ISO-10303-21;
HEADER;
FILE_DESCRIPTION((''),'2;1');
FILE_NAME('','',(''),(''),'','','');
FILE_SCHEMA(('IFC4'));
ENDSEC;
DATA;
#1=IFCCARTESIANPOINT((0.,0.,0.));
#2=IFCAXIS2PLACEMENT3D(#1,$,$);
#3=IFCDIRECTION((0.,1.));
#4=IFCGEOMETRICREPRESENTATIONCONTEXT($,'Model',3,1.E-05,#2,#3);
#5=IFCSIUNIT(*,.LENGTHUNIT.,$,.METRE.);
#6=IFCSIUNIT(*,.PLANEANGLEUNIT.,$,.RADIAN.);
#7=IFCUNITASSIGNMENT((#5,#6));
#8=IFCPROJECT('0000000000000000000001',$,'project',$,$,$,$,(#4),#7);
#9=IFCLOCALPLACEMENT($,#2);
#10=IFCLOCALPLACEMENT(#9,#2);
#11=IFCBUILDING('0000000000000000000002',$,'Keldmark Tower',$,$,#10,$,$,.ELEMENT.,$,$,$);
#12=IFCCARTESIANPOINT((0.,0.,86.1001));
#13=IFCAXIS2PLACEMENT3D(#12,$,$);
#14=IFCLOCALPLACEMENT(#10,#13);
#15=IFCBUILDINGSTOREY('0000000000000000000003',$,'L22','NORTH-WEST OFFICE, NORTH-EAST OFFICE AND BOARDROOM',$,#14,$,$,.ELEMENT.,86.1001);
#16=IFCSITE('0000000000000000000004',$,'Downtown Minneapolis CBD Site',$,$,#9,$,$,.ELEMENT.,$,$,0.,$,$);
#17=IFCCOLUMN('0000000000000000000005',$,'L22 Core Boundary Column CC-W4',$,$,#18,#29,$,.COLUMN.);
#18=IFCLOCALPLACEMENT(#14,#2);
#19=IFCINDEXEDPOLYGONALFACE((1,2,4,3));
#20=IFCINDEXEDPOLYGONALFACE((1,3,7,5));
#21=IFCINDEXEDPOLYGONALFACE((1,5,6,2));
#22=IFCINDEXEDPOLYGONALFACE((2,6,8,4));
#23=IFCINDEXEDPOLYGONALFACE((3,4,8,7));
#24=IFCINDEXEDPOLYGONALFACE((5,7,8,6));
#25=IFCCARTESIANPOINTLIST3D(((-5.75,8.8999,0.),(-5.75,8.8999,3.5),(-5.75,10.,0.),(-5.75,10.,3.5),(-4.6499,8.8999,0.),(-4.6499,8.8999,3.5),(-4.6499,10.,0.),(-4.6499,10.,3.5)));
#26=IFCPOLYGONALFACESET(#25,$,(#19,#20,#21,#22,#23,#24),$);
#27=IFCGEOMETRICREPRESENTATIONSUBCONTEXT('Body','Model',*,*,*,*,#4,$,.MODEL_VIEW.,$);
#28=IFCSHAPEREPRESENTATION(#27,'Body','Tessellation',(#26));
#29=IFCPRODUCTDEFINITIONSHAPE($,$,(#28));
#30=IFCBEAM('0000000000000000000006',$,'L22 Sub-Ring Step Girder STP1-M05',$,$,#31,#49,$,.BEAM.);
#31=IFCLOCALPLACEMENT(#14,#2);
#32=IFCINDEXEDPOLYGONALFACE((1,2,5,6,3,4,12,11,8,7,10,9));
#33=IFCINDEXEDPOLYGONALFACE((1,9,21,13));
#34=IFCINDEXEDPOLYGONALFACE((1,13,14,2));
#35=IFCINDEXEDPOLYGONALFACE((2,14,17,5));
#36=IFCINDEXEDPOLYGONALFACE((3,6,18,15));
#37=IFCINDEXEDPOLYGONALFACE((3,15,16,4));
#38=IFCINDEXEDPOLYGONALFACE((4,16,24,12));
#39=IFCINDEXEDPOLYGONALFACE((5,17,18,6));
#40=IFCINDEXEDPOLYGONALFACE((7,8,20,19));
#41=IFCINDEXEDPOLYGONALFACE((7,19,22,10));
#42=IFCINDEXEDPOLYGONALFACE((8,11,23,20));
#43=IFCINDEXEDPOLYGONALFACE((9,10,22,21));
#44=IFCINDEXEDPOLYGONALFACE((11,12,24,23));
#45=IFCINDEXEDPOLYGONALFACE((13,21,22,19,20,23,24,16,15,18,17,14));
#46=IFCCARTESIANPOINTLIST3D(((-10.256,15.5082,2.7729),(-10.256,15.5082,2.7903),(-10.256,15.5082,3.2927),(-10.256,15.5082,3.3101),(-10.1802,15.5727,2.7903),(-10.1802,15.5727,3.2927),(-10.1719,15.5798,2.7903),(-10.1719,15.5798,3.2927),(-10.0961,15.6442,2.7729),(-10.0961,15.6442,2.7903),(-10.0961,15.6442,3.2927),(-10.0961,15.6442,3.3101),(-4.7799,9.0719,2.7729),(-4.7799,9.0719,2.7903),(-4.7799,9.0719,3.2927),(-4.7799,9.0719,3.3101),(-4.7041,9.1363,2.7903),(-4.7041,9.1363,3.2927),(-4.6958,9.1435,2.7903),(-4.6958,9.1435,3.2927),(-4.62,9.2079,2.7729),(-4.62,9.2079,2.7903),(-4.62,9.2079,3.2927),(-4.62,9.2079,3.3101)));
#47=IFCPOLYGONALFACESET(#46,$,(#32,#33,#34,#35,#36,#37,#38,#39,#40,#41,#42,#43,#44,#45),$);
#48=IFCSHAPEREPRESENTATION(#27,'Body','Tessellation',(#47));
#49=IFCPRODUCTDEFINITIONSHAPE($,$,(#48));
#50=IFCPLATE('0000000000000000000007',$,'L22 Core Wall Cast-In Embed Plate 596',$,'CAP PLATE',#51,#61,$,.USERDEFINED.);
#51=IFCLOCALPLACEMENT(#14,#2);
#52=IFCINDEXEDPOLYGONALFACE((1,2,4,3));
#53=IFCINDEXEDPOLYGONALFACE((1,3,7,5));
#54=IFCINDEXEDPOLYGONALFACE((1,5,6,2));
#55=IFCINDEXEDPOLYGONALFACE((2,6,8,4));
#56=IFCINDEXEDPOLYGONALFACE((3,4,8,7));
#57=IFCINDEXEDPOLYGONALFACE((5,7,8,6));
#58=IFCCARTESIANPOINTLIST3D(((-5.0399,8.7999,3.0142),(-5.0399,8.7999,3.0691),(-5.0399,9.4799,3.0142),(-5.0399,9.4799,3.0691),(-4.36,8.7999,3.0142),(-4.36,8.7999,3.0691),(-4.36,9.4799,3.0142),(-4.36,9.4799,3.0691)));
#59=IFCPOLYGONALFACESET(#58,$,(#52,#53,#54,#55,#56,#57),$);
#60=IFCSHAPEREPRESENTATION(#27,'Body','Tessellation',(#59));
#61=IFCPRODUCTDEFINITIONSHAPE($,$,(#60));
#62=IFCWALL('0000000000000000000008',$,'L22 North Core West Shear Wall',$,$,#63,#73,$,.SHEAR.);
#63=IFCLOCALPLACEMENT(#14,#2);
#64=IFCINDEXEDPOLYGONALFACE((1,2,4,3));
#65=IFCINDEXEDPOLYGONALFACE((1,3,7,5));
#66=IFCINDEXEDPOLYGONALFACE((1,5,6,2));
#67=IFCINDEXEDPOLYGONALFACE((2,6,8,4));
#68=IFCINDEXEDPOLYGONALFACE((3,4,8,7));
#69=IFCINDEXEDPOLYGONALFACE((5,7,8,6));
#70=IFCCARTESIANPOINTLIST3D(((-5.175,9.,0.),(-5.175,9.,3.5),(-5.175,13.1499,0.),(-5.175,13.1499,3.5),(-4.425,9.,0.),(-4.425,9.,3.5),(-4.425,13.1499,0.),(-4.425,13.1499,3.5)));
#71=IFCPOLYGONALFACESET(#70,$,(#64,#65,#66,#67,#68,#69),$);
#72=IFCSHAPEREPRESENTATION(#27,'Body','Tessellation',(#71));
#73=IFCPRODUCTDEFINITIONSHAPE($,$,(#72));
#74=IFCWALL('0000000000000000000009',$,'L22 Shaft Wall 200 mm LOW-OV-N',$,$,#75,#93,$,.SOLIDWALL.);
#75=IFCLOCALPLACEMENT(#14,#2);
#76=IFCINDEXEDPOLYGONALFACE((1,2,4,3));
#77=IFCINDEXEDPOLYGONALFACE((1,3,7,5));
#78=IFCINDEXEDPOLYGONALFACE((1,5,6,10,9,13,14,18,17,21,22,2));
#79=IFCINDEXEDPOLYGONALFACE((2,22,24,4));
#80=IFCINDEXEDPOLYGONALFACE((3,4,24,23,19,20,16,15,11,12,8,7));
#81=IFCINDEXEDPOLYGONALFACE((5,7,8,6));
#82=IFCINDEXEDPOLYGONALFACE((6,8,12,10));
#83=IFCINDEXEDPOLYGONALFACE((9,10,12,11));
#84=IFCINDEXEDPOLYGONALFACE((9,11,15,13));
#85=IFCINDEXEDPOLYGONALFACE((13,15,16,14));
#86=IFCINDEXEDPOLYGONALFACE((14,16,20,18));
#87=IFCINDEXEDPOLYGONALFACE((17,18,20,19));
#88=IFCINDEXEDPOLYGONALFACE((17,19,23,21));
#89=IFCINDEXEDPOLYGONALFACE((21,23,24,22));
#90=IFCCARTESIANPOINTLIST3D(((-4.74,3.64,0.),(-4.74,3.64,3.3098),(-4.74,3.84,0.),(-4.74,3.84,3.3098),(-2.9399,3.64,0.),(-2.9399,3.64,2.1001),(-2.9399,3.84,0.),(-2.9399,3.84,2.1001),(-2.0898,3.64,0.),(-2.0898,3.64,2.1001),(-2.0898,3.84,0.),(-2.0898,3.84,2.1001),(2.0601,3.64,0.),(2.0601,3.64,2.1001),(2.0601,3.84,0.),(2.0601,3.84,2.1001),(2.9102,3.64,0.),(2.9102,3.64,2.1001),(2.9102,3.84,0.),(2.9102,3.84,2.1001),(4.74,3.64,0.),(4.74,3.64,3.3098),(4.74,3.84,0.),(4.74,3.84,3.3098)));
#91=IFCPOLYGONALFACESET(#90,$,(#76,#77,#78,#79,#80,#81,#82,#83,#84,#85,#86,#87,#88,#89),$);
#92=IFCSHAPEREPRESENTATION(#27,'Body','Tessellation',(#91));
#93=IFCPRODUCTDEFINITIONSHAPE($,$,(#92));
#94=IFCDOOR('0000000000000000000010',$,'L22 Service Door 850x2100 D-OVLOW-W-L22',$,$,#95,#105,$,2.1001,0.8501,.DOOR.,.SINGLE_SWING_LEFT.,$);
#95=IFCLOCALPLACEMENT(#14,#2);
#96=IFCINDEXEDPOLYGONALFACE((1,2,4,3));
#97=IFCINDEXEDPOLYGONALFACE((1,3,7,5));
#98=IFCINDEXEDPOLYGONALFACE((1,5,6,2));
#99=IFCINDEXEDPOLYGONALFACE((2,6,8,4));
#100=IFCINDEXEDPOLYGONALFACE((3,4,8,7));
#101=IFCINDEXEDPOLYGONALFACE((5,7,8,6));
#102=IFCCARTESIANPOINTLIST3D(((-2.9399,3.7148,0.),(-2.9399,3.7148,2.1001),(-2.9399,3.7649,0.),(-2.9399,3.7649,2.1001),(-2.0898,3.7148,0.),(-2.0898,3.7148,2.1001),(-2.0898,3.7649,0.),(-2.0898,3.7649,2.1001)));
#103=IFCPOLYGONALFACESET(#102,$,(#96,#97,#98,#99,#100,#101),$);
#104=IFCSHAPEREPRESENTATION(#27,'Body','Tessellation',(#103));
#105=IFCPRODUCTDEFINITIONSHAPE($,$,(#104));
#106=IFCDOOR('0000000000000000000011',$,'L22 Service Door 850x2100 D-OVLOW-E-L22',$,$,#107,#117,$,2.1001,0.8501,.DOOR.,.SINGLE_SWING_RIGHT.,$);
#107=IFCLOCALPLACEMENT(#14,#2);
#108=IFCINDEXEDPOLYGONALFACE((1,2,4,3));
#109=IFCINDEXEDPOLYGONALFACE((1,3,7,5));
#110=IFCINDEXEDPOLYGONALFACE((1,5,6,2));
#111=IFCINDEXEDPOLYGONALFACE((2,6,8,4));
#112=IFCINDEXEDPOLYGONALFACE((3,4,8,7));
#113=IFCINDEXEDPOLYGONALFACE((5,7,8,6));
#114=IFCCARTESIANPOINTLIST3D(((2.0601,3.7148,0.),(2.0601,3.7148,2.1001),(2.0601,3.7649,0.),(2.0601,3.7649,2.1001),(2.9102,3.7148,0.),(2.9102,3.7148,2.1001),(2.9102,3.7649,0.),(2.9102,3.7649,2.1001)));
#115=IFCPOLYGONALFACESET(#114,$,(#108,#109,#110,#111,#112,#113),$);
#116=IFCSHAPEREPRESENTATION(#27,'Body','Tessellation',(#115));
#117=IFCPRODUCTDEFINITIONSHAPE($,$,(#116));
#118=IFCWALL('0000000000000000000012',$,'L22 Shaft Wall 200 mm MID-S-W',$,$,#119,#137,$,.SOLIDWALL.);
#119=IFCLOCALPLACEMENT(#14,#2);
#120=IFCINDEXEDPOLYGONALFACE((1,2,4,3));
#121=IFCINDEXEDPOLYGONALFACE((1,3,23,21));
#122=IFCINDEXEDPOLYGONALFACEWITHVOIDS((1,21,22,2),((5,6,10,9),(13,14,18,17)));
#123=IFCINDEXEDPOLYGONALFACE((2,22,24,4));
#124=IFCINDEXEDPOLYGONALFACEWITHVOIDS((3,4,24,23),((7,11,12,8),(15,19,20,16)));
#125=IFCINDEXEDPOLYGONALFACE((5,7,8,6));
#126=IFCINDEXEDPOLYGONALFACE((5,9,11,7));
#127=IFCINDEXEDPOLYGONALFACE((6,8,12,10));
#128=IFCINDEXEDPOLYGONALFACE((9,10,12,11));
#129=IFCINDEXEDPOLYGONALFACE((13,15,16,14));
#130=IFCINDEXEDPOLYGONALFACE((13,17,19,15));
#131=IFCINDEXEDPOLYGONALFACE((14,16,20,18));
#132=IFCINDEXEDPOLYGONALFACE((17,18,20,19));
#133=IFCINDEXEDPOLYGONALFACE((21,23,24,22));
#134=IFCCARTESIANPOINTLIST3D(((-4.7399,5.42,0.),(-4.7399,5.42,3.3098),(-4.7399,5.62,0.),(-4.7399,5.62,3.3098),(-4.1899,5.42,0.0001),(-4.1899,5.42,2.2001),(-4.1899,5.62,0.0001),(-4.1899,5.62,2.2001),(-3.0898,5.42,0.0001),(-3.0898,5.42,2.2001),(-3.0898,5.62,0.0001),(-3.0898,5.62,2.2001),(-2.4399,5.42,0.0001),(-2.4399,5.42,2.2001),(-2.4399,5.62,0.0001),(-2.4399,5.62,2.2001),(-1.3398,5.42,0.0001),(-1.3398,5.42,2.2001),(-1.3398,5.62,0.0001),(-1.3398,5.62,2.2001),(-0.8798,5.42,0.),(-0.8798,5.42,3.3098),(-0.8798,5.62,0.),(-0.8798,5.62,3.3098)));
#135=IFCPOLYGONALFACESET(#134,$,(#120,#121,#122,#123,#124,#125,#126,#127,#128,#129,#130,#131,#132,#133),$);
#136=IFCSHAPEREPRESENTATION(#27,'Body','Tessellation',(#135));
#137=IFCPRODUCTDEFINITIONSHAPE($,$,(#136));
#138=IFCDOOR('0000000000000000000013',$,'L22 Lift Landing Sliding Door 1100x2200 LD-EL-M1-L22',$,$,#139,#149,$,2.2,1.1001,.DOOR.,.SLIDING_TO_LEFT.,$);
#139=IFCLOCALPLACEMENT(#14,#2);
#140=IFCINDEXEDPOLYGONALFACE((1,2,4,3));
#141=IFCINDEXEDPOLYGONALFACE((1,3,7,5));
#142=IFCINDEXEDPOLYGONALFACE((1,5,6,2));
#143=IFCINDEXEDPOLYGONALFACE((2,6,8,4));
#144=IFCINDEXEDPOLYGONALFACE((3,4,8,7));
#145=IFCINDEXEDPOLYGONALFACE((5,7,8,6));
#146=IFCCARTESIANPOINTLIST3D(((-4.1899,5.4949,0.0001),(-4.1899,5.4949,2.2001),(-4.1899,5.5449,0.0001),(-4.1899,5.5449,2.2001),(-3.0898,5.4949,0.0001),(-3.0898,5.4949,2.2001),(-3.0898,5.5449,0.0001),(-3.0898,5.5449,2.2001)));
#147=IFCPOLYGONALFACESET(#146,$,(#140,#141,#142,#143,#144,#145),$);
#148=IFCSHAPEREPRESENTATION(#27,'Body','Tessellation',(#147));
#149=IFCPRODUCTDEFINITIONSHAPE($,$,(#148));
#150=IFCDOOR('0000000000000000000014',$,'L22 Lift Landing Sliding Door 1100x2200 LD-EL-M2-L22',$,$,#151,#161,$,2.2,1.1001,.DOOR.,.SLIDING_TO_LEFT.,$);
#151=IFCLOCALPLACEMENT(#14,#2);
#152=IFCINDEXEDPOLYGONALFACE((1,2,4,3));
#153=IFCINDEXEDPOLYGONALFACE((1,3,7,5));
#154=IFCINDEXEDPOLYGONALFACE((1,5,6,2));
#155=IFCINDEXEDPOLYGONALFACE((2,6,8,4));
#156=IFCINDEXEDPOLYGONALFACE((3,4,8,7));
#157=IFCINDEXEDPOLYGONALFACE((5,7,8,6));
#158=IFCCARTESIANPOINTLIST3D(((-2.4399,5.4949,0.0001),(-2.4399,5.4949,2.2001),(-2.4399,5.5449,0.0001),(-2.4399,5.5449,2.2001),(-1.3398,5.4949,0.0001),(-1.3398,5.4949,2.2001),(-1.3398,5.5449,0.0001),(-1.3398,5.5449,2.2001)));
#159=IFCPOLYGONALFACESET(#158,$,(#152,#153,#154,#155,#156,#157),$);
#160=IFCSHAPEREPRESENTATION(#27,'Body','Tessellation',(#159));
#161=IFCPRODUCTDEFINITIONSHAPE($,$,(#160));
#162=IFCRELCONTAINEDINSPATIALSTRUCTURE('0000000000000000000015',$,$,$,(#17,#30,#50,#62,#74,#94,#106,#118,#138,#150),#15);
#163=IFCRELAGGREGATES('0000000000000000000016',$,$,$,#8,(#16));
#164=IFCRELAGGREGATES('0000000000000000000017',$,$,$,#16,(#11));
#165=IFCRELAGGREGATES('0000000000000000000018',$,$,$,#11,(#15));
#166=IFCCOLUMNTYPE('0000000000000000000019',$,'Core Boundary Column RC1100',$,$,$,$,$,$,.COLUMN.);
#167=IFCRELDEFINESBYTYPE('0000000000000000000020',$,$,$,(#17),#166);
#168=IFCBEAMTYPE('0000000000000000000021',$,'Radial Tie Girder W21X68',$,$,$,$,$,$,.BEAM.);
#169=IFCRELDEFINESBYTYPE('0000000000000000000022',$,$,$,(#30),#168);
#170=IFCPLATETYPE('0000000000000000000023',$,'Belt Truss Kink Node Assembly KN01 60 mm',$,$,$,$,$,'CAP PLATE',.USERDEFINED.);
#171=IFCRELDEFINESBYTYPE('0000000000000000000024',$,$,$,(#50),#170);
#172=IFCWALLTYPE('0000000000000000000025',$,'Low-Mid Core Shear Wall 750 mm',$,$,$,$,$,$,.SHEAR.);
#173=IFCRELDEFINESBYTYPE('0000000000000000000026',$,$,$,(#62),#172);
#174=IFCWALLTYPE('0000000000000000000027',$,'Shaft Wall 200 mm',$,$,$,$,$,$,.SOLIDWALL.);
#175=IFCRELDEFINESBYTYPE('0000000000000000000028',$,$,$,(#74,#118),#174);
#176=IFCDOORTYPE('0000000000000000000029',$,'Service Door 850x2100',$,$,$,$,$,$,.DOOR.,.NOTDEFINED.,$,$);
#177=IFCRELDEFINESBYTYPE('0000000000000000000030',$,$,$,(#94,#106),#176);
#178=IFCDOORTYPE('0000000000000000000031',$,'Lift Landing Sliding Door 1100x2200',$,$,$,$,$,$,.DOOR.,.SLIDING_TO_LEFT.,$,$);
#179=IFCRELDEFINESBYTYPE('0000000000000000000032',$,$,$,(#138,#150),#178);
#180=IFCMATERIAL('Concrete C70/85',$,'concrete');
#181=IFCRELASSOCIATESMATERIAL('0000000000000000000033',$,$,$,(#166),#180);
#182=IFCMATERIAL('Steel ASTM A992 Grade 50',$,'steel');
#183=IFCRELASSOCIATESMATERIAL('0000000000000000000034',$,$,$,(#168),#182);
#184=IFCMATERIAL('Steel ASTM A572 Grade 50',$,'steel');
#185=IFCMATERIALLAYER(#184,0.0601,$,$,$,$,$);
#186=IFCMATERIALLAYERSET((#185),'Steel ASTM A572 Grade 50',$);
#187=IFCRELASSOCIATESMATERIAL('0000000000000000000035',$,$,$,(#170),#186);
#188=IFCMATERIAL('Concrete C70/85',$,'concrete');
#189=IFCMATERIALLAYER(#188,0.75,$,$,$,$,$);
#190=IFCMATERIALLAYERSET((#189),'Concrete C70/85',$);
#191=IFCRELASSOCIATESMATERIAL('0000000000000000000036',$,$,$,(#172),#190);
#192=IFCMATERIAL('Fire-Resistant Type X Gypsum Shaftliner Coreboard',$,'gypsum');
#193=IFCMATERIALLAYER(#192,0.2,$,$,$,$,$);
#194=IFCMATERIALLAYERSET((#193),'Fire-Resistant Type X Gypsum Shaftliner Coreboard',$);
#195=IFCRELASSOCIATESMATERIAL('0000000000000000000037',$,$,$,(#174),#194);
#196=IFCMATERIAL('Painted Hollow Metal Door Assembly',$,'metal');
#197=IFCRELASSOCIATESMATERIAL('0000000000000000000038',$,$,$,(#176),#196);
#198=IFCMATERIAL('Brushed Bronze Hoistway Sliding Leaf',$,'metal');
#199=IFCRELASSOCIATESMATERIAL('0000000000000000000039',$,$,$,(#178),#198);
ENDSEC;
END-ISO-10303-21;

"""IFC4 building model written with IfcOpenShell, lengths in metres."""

from ifc_helpers import new_model, si_unit, direction, frame, frame_2d, origin, origin_2d, place, context, subcontext, project, spatial, rectangle, i_section, extrude, material, layer, layer_set, material_profile, profile_set, type_object, element, fill, save


model = new_model("IFC4")

# Units and contexts
model_context = context("Model", 3, precision=1e-05, world=origin(), true_north=direction((0.0, 1.0)))
body_context = subcontext(model_context, "Body", "Model", "MODEL_VIEW")
ifc_project = project(units=[si_unit("LENGTHUNIT", "METRE"), si_unit("PLANEANGLEUNIT", "RADIAN")], contexts=[model_context])

# Site, building, storey
site_placement = place(None, origin())
site = spatial("IfcSite", under=ifc_project, at=site_placement, Name="Downtown Minneapolis CBD Site", CompositionType="ELEMENT", RefElevation=0.0)
building_placement = place(site_placement, origin())
building = spatial("IfcBuilding", under=site, at=building_placement, Name="Keldmark Tower", CompositionType="ELEMENT")
storey_placement = place(building_placement, frame((0.0, 0.0, 86.1001)))
storey = spatial("IfcBuildingStorey", under=building, at=storey_placement, Name="L22", Description="NORTH-WEST OFFICE, NORTH-EAST OFFICE AND BOARDROOM", CompositionType="ELEMENT", Elevation=86.1001)

# Column
ifc_material_1 = material(Name="Concrete C70/85", Category="concrete")
ifc_material_profile_1 = material_profile(ifc_material_1, rectangle(XDim=1.1001, YDim=1.1001, at=origin_2d()), Name="RC1100X1100")
ifc_profile_set_1 = profile_set([ifc_material_profile_1], Name="Concrete C70/85")
column_type = type_object("IfcColumnType", Name="Core Boundary Column RC1100", PredefinedType="COLUMN", material=ifc_profile_set_1)
column_placement = place(storey_placement, frame((-5.2, 9.45, 0.0), z_axis=(0.0, 0.0, 1.0), x_axis=(1.0, 0.0, 0.0)))
element("IfcColumn", 1, at=column_placement, inside=storey, type_object=column_type, Name="L22 Core Boundary Column CC-W4", PredefinedType="COLUMN", context=body_context, shape_type="SweptSolid", body=[
    extrude(rectangle(XDim=1.1001, YDim=1.1001, at=origin_2d()), origin(), (0.0, 0.0, 1.0), 3.5),
])

# Beam
ifc_material_2 = material(Name="Steel ASTM A992 Grade 50", Category="steel")
ifc_material_profile_2 = material_profile(ifc_material_2, i_section(OverallWidth=0.21, OverallDepth=0.5371, WebThickness=0.011, FlangeThickness=0.0173, at=origin_2d()), Name="W21X68")
ifc_profile_set_2 = profile_set([ifc_material_profile_2], Name="Steel ASTM A992 Grade 50")
beam_type = type_object("IfcBeamType", Name="Radial Tie Girder W21X68", PredefinedType="BEAM", material=ifc_profile_set_2)
beam_placement = place(storey_placement, frame((-4.7, 9.1399, 3.0415), z_axis=(-0.648008, 0.761633, 0.0), x_axis=(-0.761633, -0.648008, 0.0)))
element("IfcBeam", 2, at=beam_placement, inside=storey, type_object=beam_type, Name="L22 Sub-Ring Step Girder STP1-M05", PredefinedType="BEAM", context=body_context, shape_type="SweptSolid", body=[
    extrude(i_section(OverallWidth=0.21, OverallDepth=0.5371, WebThickness=0.011, FlangeThickness=0.0173, at=origin_2d()), origin(), (0.0, 0.0, 1.0), 8.4507),
])

# Plate
ifc_material_3 = material(Name="Steel ASTM A572 Grade 50", Category="steel")
ifc_layer_1 = layer(ifc_material_3, 0.0601)
ifc_layer_set_1 = layer_set([ifc_layer_1], Name="Steel ASTM A572 Grade 50")
plate_type = type_object("IfcPlateType", Name="Belt Truss Kink Node Assembly KN01 60 mm", ElementType="CAP PLATE", PredefinedType="USERDEFINED", material=ifc_layer_set_1)
plate_placement = place(storey_placement, frame((-4.7, 9.1399, 3.0142), z_axis=(0.0, 0.0, 1.0), x_axis=(1.0, 0.0, 0.0)))
element("IfcPlate", 3, at=plate_placement, inside=storey, type_object=plate_type, Name="L22 Core Wall Cast-In Embed Plate 596", ObjectType="CAP PLATE", PredefinedType="USERDEFINED", context=body_context, shape_type="SweptSolid", body=[
    extrude(rectangle(XDim=0.6799, YDim=0.6799, at=origin_2d()), origin(), (0.0, 0.0, 1.0), 0.0549),
])

# Wall
ifc_material_4 = material(Name="Concrete C70/85", Category="concrete")
ifc_layer_2 = layer(ifc_material_4, 0.75)
ifc_layer_set_2 = layer_set([ifc_layer_2], Name="Concrete C70/85")
wall_type_1 = type_object("IfcWallType", Name="Low-Mid Core Shear Wall 750 mm", PredefinedType="SHEAR", material=ifc_layer_set_2)
wall_1_placement = place(storey_placement, frame((-4.8, 9.0, 0.0), z_axis=(0.0, 0.0, 1.0), x_axis=(0.0, 1.0, 0.0)))
element("IfcWall", 4, at=wall_1_placement, inside=storey, type_object=wall_type_1, Name="L22 North Core West Shear Wall", PredefinedType="SHEAR", context=body_context, shape_type="SweptSolid", body=[
    extrude(rectangle(XDim=4.1499, YDim=0.75, at=frame_2d((2.075, 0.0))), origin(), (0.0, 0.0, 1.0), 3.5),
])

# Walls, openings, doors
ifc_material_5 = material(Name="Fire-Resistant Type X Gypsum Shaftliner Coreboard", Category="gypsum")
ifc_layer_3 = layer(ifc_material_5, 0.2)
ifc_layer_set_3 = layer_set([ifc_layer_3], Name="Fire-Resistant Type X Gypsum Shaftliner Coreboard")
wall_type_2 = type_object("IfcWallType", Name="Shaft Wall 200 mm", PredefinedType="SOLIDWALL", material=ifc_layer_set_3)
wall_2_placement = place(storey_placement, frame((-4.74, 3.74, 0.0), z_axis=(0.0, 0.0, 1.0), x_axis=(1.0, 0.0, 0.0)))
wall_2 = element("IfcWall", 5, at=wall_2_placement, inside=storey, type_object=wall_type_2, Name="L22 Shaft Wall 200 mm LOW-OV-N", PredefinedType="SOLIDWALL", context=body_context, shape_type="SweptSolid", body=[
    extrude(rectangle(XDim=9.48, YDim=0.2, at=frame_2d((4.74, 0.0))), origin(), (0.0, 0.0, 1.0), 3.3098),
])
opening_1_placement = place(wall_2_placement, frame((1.8, 0.0, 0.0)))
opening_1 = element("IfcOpeningElement", 6, at=opening_1_placement, cuts=wall_2, PredefinedType="OPENING", context=body_context, shape_type="SweptSolid", body=[
    extrude(rectangle(XDim=0.8501, YDim=2.1001, at=frame_2d((0.425, 1.05))), frame((0.0, 0.1099, 0.0), z_axis=(0.0, -1.0, 0.0), x_axis=(1.0, 0.0, 0.0)), (0.0, 0.0, 1.0), 0.22),
])
opening_2_placement = place(wall_2_placement, frame((6.8, 0.0, 0.0)))
opening_2 = element("IfcOpeningElement", 7, at=opening_2_placement, cuts=wall_2, PredefinedType="OPENING", context=body_context, shape_type="SweptSolid", body=[
    extrude(rectangle(XDim=0.8501, YDim=2.1001, at=frame_2d((0.425, 1.05))), frame((0.0, 0.1099, 0.0), z_axis=(0.0, -1.0, 0.0), x_axis=(1.0, 0.0, 0.0)), (0.0, 0.0, 1.0), 0.22),
])
ifc_material_6 = material(Name="Painted Hollow Metal Door Assembly", Category="metal")
door_type_1 = type_object("IfcDoorType", Name="Service Door 850x2100", OperationType="NOTDEFINED", PredefinedType="DOOR", material=ifc_material_6)
door_1_placement = place(opening_1_placement, origin())
door_1 = element("IfcDoor", 8, at=door_1_placement, inside=storey, type_object=door_type_1, Name="L22 Service Door 850x2100 D-OVLOW-W-L22", OperationType="SINGLE_SWING_LEFT", OverallHeight=2.1001, OverallWidth=0.8501, PredefinedType="DOOR", context=body_context, shape_type="SweptSolid", body=[
    extrude(rectangle(XDim=0.8501, YDim=2.1001, at=frame_2d((0.425, 1.05))), frame((0.0, 0.0249, 0.0), z_axis=(0.0, -1.0, 0.0), x_axis=(1.0, 0.0, 0.0)), (0.0, 0.0, 1.0), 0.05),
])
fill(opening_1, door_1)
door_2_placement = place(opening_2_placement, origin())
door_2 = element("IfcDoor", 9, at=door_2_placement, inside=storey, type_object=door_type_1, Name="L22 Service Door 850x2100 D-OVLOW-E-L22", OperationType="SINGLE_SWING_RIGHT", OverallHeight=2.1001, OverallWidth=0.8501, PredefinedType="DOOR", context=body_context, shape_type="SweptSolid", body=[
    extrude(rectangle(XDim=0.8501, YDim=2.1001, at=frame_2d((0.425, 1.05))), frame((0.0, 0.0249, 0.0), z_axis=(0.0, -1.0, 0.0), x_axis=(1.0, 0.0, 0.0)), (0.0, 0.0, 1.0), 0.05),
])
fill(opening_2, door_2)
wall_3_placement = place(storey_placement, frame((-4.74, 5.52, 0.0), z_axis=(0.0, 0.0, 1.0), x_axis=(1.0, 0.0, 0.0)))
wall_3 = element("IfcWall", 10, at=wall_3_placement, inside=storey, type_object=wall_type_2, Name="L22 Shaft Wall 200 mm MID-S-W", PredefinedType="SOLIDWALL", context=body_context, shape_type="SweptSolid", body=[
    extrude(rectangle(XDim=3.8601, YDim=0.2, at=frame_2d((1.9302, 0.0))), origin(), (0.0, 0.0, 1.0), 3.3098),
])
opening_3_placement = place(wall_3_placement, frame((0.55, 0.0, 0.0)))
opening_3 = element("IfcOpeningElement", 11, at=opening_3_placement, cuts=wall_3, PredefinedType="OPENING", context=body_context, shape_type="SweptSolid", body=[
    extrude(rectangle(XDim=1.1001, YDim=2.2, at=frame_2d((0.55, 1.1001))), frame((0.0, 0.1099, 0.0), z_axis=(0.0, -1.0, 0.0), x_axis=(1.0, 0.0, 0.0)), (0.0, 0.0, 1.0), 0.22),
])
opening_4_placement = place(wall_3_placement, frame((2.3, 0.0, 0.0)))
opening_4 = element("IfcOpeningElement", 12, at=opening_4_placement, cuts=wall_3, PredefinedType="OPENING", context=body_context, shape_type="SweptSolid", body=[
    extrude(rectangle(XDim=1.1001, YDim=2.2, at=frame_2d((0.55, 1.1001))), frame((0.0, 0.1099, 0.0), z_axis=(0.0, -1.0, 0.0), x_axis=(1.0, 0.0, 0.0)), (0.0, 0.0, 1.0), 0.22),
])
ifc_material_7 = material(Name="Brushed Bronze Hoistway Sliding Leaf", Category="metal")
door_type_2 = type_object("IfcDoorType", Name="Lift Landing Sliding Door 1100x2200", OperationType="SLIDING_TO_LEFT", PredefinedType="DOOR", material=ifc_material_7)
door_3_placement = place(opening_3_placement, origin())
door_3 = element("IfcDoor", 13, at=door_3_placement, inside=storey, type_object=door_type_2, Name="L22 Lift Landing Sliding Door 1100x2200 LD-EL-M1-L22", OperationType="SLIDING_TO_LEFT", OverallHeight=2.2, OverallWidth=1.1001, PredefinedType="DOOR", context=body_context, shape_type="SweptSolid", body=[
    extrude(rectangle(XDim=1.1001, YDim=2.2, at=frame_2d((0.55, 1.1001))), frame((0.0, 0.0249, 0.0), z_axis=(0.0, -1.0, 0.0), x_axis=(1.0, 0.0, 0.0)), (0.0, 0.0, 1.0), 0.05),
])
fill(opening_3, door_3)
door_4_placement = place(opening_4_placement, origin())
door_4 = element("IfcDoor", 14, at=door_4_placement, inside=storey, type_object=door_type_2, Name="L22 Lift Landing Sliding Door 1100x2200 LD-EL-M2-L22", OperationType="SLIDING_TO_LEFT", OverallHeight=2.2, OverallWidth=1.1001, PredefinedType="DOOR", context=body_context, shape_type="SweptSolid", body=[
    extrude(rectangle(XDim=1.1001, YDim=2.2, at=frame_2d((0.55, 1.1001))), frame((0.0, 0.0249, 0.0), z_axis=(0.0, -1.0, 0.0), x_axis=(1.0, 0.0, 0.0)), (0.0, 0.0, 1.0), 0.05),
])
fill(opening_4, door_4)

save(model, "model.ifc")
